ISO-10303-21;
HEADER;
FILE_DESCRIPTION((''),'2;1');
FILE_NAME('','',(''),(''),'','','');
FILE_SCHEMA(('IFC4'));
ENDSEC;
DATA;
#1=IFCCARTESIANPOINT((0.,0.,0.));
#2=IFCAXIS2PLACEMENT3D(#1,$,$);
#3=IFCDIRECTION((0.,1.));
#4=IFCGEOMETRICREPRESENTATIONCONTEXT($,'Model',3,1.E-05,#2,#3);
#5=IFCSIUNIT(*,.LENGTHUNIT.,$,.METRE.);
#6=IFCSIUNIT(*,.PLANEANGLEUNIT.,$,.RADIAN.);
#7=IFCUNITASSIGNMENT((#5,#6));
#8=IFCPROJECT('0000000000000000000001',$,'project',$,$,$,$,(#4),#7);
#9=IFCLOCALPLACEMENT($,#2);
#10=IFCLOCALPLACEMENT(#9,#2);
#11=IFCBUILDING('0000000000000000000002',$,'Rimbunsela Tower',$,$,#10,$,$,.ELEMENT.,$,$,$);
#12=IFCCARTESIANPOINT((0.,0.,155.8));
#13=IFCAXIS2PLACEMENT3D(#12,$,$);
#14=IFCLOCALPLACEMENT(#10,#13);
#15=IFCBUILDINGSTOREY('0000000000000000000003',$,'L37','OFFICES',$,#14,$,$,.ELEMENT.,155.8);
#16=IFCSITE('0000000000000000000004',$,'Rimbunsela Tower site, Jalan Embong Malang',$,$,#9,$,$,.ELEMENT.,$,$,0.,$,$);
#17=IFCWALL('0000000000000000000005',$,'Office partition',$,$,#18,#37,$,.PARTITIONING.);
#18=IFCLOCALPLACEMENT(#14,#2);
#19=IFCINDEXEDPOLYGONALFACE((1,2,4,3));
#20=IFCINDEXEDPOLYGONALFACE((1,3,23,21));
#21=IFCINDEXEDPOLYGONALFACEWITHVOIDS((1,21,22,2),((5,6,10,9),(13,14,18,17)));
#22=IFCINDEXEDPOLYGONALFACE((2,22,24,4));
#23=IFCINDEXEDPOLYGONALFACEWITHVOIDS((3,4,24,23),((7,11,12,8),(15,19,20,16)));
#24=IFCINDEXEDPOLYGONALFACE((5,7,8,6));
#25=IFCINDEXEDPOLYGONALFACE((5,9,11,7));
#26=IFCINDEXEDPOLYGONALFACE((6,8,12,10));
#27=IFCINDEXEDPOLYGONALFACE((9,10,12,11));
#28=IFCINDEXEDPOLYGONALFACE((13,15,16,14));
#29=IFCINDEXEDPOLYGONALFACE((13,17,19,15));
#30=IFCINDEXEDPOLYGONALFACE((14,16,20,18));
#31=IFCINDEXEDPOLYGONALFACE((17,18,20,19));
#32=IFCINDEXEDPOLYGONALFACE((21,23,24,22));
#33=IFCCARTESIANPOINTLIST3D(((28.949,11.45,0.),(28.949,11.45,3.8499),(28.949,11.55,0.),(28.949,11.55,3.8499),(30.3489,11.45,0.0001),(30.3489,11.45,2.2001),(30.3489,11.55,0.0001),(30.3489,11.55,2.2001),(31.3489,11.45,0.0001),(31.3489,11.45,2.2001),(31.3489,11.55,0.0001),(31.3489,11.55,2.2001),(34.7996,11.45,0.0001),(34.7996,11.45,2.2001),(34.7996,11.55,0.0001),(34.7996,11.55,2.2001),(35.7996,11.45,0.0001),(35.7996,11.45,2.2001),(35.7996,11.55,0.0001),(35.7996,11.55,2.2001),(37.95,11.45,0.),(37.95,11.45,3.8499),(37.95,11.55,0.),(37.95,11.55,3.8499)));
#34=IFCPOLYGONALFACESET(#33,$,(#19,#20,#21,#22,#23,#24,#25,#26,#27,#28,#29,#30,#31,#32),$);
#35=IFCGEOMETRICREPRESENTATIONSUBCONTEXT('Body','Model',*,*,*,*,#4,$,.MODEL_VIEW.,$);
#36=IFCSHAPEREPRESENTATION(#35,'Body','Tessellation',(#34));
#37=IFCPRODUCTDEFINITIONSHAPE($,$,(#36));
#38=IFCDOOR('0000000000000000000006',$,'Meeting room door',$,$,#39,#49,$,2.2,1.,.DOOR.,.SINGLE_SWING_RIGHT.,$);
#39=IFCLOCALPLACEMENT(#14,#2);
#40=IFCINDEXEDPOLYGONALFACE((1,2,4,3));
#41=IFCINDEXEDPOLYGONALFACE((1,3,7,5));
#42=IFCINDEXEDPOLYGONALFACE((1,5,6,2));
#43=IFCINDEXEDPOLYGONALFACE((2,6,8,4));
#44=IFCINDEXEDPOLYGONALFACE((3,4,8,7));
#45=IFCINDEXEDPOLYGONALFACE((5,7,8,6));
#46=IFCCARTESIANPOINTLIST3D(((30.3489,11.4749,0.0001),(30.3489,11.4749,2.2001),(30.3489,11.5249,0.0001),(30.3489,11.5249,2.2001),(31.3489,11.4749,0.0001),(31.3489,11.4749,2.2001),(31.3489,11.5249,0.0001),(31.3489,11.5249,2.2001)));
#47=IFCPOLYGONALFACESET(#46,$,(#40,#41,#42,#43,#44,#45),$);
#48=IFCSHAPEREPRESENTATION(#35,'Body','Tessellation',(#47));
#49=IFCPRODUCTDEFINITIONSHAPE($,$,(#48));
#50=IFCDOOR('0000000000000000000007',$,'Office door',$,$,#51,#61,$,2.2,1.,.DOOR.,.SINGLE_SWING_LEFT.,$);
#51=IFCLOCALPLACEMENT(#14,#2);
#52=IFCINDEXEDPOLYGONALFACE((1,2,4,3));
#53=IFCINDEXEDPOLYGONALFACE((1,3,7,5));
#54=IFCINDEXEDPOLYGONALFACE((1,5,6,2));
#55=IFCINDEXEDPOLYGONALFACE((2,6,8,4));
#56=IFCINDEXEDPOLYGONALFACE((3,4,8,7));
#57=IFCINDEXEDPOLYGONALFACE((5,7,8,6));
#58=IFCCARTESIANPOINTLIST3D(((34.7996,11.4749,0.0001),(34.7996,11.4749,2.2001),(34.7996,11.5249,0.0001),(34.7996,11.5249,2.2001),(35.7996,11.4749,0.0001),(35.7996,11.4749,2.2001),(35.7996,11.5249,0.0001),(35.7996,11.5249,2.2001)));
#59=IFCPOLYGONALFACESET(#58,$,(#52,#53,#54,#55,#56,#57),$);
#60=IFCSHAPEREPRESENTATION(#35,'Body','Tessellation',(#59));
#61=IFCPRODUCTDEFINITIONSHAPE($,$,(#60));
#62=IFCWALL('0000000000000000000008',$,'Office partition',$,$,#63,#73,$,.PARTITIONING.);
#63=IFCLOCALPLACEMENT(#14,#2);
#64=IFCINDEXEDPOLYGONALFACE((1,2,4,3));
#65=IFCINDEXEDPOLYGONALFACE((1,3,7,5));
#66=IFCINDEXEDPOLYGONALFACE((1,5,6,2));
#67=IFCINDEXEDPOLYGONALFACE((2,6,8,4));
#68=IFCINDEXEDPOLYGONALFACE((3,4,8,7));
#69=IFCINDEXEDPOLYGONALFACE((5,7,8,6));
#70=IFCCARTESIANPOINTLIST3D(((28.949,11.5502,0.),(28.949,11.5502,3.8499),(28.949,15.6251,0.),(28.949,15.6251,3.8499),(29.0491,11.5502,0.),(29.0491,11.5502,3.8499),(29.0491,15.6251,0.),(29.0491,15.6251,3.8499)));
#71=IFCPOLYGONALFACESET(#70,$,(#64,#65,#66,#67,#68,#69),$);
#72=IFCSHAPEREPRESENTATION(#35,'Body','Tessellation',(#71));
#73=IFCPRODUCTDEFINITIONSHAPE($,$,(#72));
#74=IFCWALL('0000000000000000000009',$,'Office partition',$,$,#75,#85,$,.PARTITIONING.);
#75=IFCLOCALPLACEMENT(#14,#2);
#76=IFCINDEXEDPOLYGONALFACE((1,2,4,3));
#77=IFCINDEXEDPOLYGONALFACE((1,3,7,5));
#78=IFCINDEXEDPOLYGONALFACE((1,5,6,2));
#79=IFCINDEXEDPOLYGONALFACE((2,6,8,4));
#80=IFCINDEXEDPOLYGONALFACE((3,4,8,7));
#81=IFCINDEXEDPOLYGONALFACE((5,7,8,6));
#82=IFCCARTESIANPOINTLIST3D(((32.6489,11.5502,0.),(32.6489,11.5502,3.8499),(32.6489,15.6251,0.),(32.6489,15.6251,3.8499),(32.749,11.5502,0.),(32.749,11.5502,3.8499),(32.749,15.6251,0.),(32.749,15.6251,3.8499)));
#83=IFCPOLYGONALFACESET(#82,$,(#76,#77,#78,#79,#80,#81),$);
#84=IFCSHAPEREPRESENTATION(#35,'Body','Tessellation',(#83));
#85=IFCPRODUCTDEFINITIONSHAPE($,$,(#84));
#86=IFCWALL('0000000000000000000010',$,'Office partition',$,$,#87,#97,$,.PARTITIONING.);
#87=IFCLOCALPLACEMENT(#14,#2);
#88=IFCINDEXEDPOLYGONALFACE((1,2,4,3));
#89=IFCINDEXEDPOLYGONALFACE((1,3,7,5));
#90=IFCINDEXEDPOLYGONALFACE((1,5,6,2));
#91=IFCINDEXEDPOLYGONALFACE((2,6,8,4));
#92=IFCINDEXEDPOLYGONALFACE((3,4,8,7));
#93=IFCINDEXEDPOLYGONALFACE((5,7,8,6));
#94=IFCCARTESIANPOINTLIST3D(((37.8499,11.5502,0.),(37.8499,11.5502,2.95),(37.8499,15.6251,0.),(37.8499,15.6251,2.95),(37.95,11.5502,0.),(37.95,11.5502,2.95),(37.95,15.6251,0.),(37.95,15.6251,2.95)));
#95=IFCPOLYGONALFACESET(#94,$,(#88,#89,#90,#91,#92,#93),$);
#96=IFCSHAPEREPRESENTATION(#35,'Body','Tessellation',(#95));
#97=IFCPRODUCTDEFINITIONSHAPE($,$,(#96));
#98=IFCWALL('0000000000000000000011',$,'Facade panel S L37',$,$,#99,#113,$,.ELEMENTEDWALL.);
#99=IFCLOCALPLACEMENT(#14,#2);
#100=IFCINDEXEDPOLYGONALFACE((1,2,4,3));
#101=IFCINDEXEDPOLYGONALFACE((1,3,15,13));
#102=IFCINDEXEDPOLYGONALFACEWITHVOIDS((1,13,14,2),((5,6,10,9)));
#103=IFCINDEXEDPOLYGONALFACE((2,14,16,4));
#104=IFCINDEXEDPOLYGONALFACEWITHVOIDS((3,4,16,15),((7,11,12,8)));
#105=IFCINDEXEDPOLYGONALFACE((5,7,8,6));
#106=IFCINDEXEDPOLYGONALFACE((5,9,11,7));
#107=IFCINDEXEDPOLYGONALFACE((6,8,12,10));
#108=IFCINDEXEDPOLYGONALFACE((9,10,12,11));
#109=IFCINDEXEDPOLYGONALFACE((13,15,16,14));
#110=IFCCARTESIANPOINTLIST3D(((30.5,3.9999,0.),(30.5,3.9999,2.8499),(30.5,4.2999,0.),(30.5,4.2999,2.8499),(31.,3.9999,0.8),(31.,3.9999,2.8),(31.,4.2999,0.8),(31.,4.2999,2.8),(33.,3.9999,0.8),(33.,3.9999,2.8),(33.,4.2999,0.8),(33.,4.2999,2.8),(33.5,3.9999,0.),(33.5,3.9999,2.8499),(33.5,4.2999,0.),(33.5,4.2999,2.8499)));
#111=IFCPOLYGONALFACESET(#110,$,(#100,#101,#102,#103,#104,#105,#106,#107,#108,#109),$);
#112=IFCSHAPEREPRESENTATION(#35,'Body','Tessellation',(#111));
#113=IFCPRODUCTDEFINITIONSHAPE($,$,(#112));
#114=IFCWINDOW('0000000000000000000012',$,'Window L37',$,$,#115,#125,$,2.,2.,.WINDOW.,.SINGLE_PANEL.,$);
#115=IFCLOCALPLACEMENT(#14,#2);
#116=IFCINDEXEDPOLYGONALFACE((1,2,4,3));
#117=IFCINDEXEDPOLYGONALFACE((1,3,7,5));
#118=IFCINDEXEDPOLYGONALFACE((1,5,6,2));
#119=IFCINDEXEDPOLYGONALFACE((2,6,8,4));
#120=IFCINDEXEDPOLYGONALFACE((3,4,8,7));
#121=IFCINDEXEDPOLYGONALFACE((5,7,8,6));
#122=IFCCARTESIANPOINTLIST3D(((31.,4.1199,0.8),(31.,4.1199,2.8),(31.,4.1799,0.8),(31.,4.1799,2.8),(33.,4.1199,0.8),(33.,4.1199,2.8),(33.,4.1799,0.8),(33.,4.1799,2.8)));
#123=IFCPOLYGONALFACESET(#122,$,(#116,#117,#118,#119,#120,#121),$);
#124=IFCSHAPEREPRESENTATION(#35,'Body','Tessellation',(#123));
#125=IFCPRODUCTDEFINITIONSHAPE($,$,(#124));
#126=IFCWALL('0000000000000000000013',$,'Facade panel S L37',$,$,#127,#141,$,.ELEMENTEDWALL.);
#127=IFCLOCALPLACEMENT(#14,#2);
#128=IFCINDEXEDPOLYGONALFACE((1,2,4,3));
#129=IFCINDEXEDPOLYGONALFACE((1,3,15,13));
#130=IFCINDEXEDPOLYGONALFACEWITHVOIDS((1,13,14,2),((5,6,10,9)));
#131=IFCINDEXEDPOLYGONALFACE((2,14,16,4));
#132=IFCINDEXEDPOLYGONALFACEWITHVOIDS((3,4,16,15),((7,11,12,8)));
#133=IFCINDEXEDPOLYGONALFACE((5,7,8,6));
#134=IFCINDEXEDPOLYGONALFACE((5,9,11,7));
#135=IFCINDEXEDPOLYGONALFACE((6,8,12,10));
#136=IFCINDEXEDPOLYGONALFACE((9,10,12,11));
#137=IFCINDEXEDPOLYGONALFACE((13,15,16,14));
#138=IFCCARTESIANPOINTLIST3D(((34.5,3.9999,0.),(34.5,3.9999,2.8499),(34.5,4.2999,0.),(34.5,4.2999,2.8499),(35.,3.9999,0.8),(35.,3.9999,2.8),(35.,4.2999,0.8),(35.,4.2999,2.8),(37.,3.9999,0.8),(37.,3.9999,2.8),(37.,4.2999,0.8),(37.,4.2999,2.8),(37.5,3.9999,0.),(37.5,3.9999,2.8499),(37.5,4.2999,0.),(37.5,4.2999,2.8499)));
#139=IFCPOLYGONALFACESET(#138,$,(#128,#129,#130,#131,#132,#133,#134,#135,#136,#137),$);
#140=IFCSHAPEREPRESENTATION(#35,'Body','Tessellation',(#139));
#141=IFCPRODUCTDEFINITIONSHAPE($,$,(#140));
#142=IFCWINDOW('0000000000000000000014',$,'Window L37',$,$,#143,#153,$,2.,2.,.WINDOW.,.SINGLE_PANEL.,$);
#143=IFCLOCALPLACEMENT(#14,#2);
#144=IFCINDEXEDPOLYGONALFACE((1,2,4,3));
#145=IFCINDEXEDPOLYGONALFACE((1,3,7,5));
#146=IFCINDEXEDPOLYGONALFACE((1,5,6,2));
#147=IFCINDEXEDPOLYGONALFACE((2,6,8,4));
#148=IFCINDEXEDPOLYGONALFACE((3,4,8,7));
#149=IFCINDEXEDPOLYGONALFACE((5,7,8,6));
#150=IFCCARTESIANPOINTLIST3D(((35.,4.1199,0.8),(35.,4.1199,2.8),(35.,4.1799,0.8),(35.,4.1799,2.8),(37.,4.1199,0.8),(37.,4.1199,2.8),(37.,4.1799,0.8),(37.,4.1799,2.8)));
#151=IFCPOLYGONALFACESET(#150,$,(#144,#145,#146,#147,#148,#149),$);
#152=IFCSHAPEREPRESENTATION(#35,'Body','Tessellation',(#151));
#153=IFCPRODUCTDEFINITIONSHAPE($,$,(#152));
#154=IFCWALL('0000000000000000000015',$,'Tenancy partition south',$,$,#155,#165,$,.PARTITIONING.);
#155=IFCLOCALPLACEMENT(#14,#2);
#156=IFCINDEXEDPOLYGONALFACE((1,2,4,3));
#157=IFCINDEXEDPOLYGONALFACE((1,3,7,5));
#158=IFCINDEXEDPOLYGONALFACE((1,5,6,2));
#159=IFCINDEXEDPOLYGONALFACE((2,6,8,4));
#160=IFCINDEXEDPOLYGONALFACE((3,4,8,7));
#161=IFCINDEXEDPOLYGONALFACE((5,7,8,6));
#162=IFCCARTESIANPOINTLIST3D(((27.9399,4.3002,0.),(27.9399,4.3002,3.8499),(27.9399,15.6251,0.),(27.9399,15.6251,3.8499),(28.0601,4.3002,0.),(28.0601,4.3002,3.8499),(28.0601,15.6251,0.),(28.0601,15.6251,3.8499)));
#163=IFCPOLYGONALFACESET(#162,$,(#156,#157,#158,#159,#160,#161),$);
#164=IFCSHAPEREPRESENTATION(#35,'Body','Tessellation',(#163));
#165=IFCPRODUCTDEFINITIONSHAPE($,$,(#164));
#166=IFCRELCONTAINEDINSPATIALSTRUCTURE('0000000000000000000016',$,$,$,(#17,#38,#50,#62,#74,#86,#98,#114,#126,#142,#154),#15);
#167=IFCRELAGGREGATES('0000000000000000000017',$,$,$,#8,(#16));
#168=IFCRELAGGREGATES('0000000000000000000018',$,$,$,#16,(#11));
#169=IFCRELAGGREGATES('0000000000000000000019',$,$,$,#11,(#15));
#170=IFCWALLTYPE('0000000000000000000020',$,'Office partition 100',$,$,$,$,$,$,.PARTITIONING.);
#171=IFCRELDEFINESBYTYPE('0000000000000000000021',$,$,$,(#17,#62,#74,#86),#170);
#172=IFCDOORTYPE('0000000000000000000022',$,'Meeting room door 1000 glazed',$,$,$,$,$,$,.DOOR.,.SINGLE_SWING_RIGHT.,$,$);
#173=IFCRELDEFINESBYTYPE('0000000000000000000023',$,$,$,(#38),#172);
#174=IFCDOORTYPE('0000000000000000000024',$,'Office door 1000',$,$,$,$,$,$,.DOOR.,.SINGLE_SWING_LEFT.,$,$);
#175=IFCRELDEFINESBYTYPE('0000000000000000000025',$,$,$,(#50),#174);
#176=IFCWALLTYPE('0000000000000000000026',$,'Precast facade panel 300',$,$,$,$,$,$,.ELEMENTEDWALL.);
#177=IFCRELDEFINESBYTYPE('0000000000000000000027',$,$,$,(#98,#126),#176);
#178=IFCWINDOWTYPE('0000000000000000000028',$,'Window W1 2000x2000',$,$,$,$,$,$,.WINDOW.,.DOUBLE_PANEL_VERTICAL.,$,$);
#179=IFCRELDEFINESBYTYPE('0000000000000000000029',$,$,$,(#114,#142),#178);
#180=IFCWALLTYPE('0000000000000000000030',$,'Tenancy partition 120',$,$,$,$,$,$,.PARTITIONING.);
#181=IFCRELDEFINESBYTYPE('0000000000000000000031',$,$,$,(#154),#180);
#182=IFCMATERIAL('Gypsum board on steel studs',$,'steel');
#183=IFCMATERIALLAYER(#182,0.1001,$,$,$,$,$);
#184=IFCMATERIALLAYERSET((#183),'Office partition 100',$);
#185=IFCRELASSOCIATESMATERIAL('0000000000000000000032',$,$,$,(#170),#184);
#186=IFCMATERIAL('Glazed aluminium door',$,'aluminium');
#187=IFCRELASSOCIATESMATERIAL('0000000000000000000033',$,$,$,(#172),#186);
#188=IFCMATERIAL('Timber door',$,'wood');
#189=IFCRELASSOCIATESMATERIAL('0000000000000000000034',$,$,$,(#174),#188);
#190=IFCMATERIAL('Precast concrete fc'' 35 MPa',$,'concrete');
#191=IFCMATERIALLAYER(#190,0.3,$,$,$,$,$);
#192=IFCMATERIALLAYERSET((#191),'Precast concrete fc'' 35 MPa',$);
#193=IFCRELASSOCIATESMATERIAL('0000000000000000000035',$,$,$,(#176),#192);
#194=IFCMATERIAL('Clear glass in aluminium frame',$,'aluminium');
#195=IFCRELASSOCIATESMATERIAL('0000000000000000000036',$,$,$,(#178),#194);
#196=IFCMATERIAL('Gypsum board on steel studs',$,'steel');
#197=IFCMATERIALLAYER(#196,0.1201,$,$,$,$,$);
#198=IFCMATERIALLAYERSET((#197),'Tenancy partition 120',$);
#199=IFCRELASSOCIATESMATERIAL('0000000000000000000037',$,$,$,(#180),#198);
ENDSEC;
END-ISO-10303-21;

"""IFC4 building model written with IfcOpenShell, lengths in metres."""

from ifc_helpers import new_model, si_unit, direction, frame, frame_2d, origin, place, context, subcontext, project, spatial, rectangle, extrude, material, layer, layer_set, type_object, element, fill, save


model = new_model("IFC4")

# Units and contexts
model_context = context("Model", 3, precision=1e-05, world=origin(), true_north=direction((0.0, 1.0)))
body_context = subcontext(model_context, "Body", "Model", "MODEL_VIEW")
ifc_project = project(units=[si_unit("LENGTHUNIT", "METRE"), si_unit("PLANEANGLEUNIT", "RADIAN")], contexts=[model_context])

# Site, building, storey
site_placement = place(None, origin())
site = spatial("IfcSite", under=ifc_project, at=site_placement, Name="Rimbunsela Tower site, Jalan Embong Malang", CompositionType="ELEMENT", RefElevation=0.0)
building_placement = place(site_placement, origin())
building = spatial("IfcBuilding", under=site, at=building_placement, Name="Rimbunsela Tower", CompositionType="ELEMENT")
storey_placement = place(building_placement, frame((0.0, 0.0, 155.8)))
storey = spatial("IfcBuildingStorey", under=building, at=storey_placement, Name="L37", Description="OFFICES", CompositionType="ELEMENT", Elevation=155.8)

# Wall, openings, doors
ifc_material_1 = material(Name="Gypsum board on steel studs", Category="steel")
ifc_layer_1 = layer(ifc_material_1, 0.1001)
ifc_layer_set_1 = layer_set([ifc_layer_1], Name="Office partition 100")
wall_type_1 = type_object("IfcWallType", Name="Office partition 100", PredefinedType="PARTITIONING", material=ifc_layer_set_1)
wall_1_placement = place(storey_placement, frame((28.949, 11.5, 0.0), z_axis=(0.0, 0.0, 1.0), x_axis=(1.0, 0.0, 0.0)))
wall_1 = element("IfcWall", 1, at=wall_1_placement, inside=storey, type_object=wall_type_1, Name="Office partition", PredefinedType="PARTITIONING", context=body_context, shape_type="SweptSolid", body=[
    extrude(rectangle(XDim=9.001, YDim=0.1001, at=frame_2d((4.5005, 0.0))), origin(), (0.0, 0.0, 1.0), 3.8499),
])
opening_1_placement = place(wall_1_placement, frame((1.3999, 0.0, 0.0)))
opening_1 = element("IfcOpeningElement", 2, at=opening_1_placement, cuts=wall_1, PredefinedType="OPENING", context=body_context, shape_type="SweptSolid", body=[
    extrude(rectangle(XDim=1.0, YDim=2.2, at=frame_2d((0.5, 1.1001))), frame((0.0, 0.0601, 0.0), z_axis=(0.0, -1.0, 0.0), x_axis=(1.0, 0.0, 0.0)), (0.0, 0.0, 1.0), 0.1201),
])
opening_2_placement = place(wall_1_placement, frame((5.8506, 0.0, 0.0)))
opening_2 = element("IfcOpeningElement", 3, at=opening_2_placement, cuts=wall_1, PredefinedType="OPENING", context=body_context, shape_type="SweptSolid", body=[
    extrude(rectangle(XDim=1.0, YDim=2.2, at=frame_2d((0.5, 1.1001))), frame((0.0, 0.0601, 0.0), z_axis=(0.0, -1.0, 0.0), x_axis=(1.0, 0.0, 0.0)), (0.0, 0.0, 1.0), 0.1201),
])
ifc_material_2 = material(Name="Glazed aluminium door", Category="aluminium")
door_type_1 = type_object("IfcDoorType", Name="Meeting room door 1000 glazed", OperationType="SINGLE_SWING_RIGHT", PredefinedType="DOOR", material=ifc_material_2)
door_1_placement = place(opening_1_placement, origin())
door_1 = element("IfcDoor", 4, at=door_1_placement, inside=storey, type_object=door_type_1, Name="Meeting room door", OperationType="SINGLE_SWING_RIGHT", OverallHeight=2.2, OverallWidth=1.0, PredefinedType="DOOR", context=body_context, shape_type="SweptSolid", body=[
    extrude(rectangle(XDim=1.0, YDim=2.2, at=frame_2d((0.5, 1.1001))), frame((0.0, 0.0249, 0.0), z_axis=(0.0, -1.0, 0.0), x_axis=(1.0, 0.0, 0.0)), (0.0, 0.0, 1.0), 0.05),
])
fill(opening_1, door_1)
ifc_material_3 = material(Name="Timber door", Category="wood")
door_type_2 = type_object("IfcDoorType", Name="Office door 1000", OperationType="SINGLE_SWING_LEFT", PredefinedType="DOOR", material=ifc_material_3)
door_2_placement = place(opening_2_placement, origin())
door_2 = element("IfcDoor", 5, at=door_2_placement, inside=storey, type_object=door_type_2, Name="Office door", OperationType="SINGLE_SWING_LEFT", OverallHeight=2.2, OverallWidth=1.0, PredefinedType="DOOR", context=body_context, shape_type="SweptSolid", body=[
    extrude(rectangle(XDim=1.0, YDim=2.2, at=frame_2d((0.5, 1.1001))), frame((0.0, 0.0249, 0.0), z_axis=(0.0, -1.0, 0.0), x_axis=(1.0, 0.0, 0.0)), (0.0, 0.0, 1.0), 0.05),
])
fill(opening_2, door_2)

# Walls
for number, where, z_axis, x_axis, name in (
    (6, (28.999, 11.55, 0.0), (0.0, 0.0, 1.0), (0.0, 1.0, 0.0), "Office partition"),
    (7, (32.699, 11.55, 0.0), (0.0, 0.0, 1.0), (0.0, 1.0, 0.0), "Office partition"),
):
    element("IfcWall", number, at=place(storey_placement, frame(where, z_axis=z_axis, x_axis=x_axis)), inside=storey, type_object=wall_type_1, Name=name, PredefinedType="PARTITIONING", context=body_context, shape_type="SweptSolid", body=[
        extrude(rectangle(XDim=4.075, YDim=0.1001, at=frame_2d((2.0376, 0.0))), origin(), (0.0, 0.0, 1.0), 3.8499),
    ])
wall_2_placement = place(storey_placement, frame((37.8999, 11.55, 0.0), z_axis=(0.0, 0.0, 1.0), x_axis=(0.0, 1.0, 0.0)))
element("IfcWall", 8, at=wall_2_placement, inside=storey, type_object=wall_type_1, Name="Office partition", PredefinedType="PARTITIONING", context=body_context, shape_type="SweptSolid", body=[
    extrude(rectangle(XDim=4.075, YDim=0.1001, at=frame_2d((2.0376, 0.0))), origin(), (0.0, 0.0, 1.0), 2.95),
])

# Walls, openings, windows
ifc_material_4 = material(Name="Precast concrete fc' 35 MPa", Category="concrete")
ifc_layer_2 = layer(ifc_material_4, 0.3)
ifc_layer_set_2 = layer_set([ifc_layer_2], Name="Precast concrete fc' 35 MPa")
wall_type_2 = type_object("IfcWallType", Name="Precast facade panel 300", PredefinedType="ELEMENTEDWALL", material=ifc_layer_set_2)
wall_3_placement = place(storey_placement, frame((30.5, 4.1499, 0.0), z_axis=(0.0, 0.0, 1.0), x_axis=(1.0, 0.0, 0.0)))
wall_3 = element("IfcWall", 9, at=wall_3_placement, inside=storey, type_object=wall_type_2, Name="Facade panel S L37", PredefinedType="ELEMENTEDWALL", context=body_context, shape_type="SweptSolid", body=[
    extrude(rectangle(XDim=3.0, YDim=0.3, at=frame_2d((1.5, 0.0))), origin(), (0.0, 0.0, 1.0), 2.8499),
])
opening_3_placement = place(wall_3_placement, frame((0.5, 0.0, 0.8)))
opening_3 = element("IfcOpeningElement", 10, at=opening_3_placement, cuts=wall_3, PredefinedType="OPENING", context=body_context, shape_type="SweptSolid", body=[
    extrude(rectangle(XDim=2.0, YDim=2.0, at=frame_2d((1.0, 1.0))), frame((0.0, 0.1599, 0.0), z_axis=(0.0, -1.0, 0.0), x_axis=(1.0, 0.0, 0.0)), (0.0, 0.0, 1.0), 0.3201),
])
ifc_material_5 = material(Name="Clear glass in aluminium frame", Category="aluminium")
window_type = type_object("IfcWindowType", Name="Window W1 2000x2000", PartitioningType="DOUBLE_PANEL_VERTICAL", PredefinedType="WINDOW", material=ifc_material_5)
window_1_placement = place(opening_3_placement, origin())
window_1 = element("IfcWindow", 11, at=window_1_placement, inside=storey, type_object=window_type, Name="Window L37", OverallHeight=2.0, OverallWidth=2.0, PartitioningType="SINGLE_PANEL", PredefinedType="WINDOW", context=body_context, shape_type="SweptSolid", body=[
    extrude(rectangle(XDim=2.0, YDim=2.0, at=frame_2d((1.0, 1.0))), frame((0.0, 0.03, 0.0), z_axis=(0.0, -1.0, 0.0), x_axis=(1.0, 0.0, 0.0)), (0.0, 0.0, 1.0), 0.0601),
])
fill(opening_3, window_1)
wall_4_placement = place(storey_placement, frame((34.5, 4.1499, 0.0), z_axis=(0.0, 0.0, 1.0), x_axis=(1.0, 0.0, 0.0)))
wall_4 = element("IfcWall", 12, at=wall_4_placement, inside=storey, type_object=wall_type_2, Name="Facade panel S L37", PredefinedType="ELEMENTEDWALL", context=body_context, shape_type="SweptSolid", body=[
    extrude(rectangle(XDim=3.0, YDim=0.3, at=frame_2d((1.5, 0.0))), origin(), (0.0, 0.0, 1.0), 2.8499),
])
opening_4_placement = place(wall_4_placement, frame((0.5, 0.0, 0.8)))
opening_4 = element("IfcOpeningElement", 13, at=opening_4_placement, cuts=wall_4, PredefinedType="OPENING", context=body_context, shape_type="SweptSolid", body=[
    extrude(rectangle(XDim=2.0, YDim=2.0, at=frame_2d((1.0, 1.0))), frame((0.0, 0.1599, 0.0), z_axis=(0.0, -1.0, 0.0), x_axis=(1.0, 0.0, 0.0)), (0.0, 0.0, 1.0), 0.3201),
])
window_2_placement = place(opening_4_placement, origin())
window_2 = element("IfcWindow", 14, at=window_2_placement, inside=storey, type_object=window_type, Name="Window L37", OverallHeight=2.0, OverallWidth=2.0, PartitioningType="SINGLE_PANEL", PredefinedType="WINDOW", context=body_context, shape_type="SweptSolid", body=[
    extrude(rectangle(XDim=2.0, YDim=2.0, at=frame_2d((1.0, 1.0))), frame((0.0, 0.03, 0.0), z_axis=(0.0, -1.0, 0.0), x_axis=(1.0, 0.0, 0.0)), (0.0, 0.0, 1.0), 0.0601),
])
fill(opening_4, window_2)

# Wall
ifc_material_6 = material(Name="Gypsum board on steel studs", Category="steel")
ifc_layer_3 = layer(ifc_material_6, 0.1201)
ifc_layer_set_3 = layer_set([ifc_layer_3], Name="Tenancy partition 120")
wall_type_3 = type_object("IfcWallType", Name="Tenancy partition 120", PredefinedType="PARTITIONING", material=ifc_layer_set_3)
wall_5_placement = place(storey_placement, frame((28.0, 4.3, 0.0), z_axis=(0.0, 0.0, 1.0), x_axis=(0.0, 1.0, 0.0)))
element("IfcWall", 15, at=wall_5_placement, inside=storey, type_object=wall_type_3, Name="Tenancy partition south", PredefinedType="PARTITIONING", context=body_context, shape_type="SweptSolid", body=[
    extrude(rectangle(XDim=11.325, YDim=0.1201, at=frame_2d((5.6626, 0.0))), origin(), (0.0, 0.0, 1.0), 3.8499),
])

save(model, "model.ifc")
